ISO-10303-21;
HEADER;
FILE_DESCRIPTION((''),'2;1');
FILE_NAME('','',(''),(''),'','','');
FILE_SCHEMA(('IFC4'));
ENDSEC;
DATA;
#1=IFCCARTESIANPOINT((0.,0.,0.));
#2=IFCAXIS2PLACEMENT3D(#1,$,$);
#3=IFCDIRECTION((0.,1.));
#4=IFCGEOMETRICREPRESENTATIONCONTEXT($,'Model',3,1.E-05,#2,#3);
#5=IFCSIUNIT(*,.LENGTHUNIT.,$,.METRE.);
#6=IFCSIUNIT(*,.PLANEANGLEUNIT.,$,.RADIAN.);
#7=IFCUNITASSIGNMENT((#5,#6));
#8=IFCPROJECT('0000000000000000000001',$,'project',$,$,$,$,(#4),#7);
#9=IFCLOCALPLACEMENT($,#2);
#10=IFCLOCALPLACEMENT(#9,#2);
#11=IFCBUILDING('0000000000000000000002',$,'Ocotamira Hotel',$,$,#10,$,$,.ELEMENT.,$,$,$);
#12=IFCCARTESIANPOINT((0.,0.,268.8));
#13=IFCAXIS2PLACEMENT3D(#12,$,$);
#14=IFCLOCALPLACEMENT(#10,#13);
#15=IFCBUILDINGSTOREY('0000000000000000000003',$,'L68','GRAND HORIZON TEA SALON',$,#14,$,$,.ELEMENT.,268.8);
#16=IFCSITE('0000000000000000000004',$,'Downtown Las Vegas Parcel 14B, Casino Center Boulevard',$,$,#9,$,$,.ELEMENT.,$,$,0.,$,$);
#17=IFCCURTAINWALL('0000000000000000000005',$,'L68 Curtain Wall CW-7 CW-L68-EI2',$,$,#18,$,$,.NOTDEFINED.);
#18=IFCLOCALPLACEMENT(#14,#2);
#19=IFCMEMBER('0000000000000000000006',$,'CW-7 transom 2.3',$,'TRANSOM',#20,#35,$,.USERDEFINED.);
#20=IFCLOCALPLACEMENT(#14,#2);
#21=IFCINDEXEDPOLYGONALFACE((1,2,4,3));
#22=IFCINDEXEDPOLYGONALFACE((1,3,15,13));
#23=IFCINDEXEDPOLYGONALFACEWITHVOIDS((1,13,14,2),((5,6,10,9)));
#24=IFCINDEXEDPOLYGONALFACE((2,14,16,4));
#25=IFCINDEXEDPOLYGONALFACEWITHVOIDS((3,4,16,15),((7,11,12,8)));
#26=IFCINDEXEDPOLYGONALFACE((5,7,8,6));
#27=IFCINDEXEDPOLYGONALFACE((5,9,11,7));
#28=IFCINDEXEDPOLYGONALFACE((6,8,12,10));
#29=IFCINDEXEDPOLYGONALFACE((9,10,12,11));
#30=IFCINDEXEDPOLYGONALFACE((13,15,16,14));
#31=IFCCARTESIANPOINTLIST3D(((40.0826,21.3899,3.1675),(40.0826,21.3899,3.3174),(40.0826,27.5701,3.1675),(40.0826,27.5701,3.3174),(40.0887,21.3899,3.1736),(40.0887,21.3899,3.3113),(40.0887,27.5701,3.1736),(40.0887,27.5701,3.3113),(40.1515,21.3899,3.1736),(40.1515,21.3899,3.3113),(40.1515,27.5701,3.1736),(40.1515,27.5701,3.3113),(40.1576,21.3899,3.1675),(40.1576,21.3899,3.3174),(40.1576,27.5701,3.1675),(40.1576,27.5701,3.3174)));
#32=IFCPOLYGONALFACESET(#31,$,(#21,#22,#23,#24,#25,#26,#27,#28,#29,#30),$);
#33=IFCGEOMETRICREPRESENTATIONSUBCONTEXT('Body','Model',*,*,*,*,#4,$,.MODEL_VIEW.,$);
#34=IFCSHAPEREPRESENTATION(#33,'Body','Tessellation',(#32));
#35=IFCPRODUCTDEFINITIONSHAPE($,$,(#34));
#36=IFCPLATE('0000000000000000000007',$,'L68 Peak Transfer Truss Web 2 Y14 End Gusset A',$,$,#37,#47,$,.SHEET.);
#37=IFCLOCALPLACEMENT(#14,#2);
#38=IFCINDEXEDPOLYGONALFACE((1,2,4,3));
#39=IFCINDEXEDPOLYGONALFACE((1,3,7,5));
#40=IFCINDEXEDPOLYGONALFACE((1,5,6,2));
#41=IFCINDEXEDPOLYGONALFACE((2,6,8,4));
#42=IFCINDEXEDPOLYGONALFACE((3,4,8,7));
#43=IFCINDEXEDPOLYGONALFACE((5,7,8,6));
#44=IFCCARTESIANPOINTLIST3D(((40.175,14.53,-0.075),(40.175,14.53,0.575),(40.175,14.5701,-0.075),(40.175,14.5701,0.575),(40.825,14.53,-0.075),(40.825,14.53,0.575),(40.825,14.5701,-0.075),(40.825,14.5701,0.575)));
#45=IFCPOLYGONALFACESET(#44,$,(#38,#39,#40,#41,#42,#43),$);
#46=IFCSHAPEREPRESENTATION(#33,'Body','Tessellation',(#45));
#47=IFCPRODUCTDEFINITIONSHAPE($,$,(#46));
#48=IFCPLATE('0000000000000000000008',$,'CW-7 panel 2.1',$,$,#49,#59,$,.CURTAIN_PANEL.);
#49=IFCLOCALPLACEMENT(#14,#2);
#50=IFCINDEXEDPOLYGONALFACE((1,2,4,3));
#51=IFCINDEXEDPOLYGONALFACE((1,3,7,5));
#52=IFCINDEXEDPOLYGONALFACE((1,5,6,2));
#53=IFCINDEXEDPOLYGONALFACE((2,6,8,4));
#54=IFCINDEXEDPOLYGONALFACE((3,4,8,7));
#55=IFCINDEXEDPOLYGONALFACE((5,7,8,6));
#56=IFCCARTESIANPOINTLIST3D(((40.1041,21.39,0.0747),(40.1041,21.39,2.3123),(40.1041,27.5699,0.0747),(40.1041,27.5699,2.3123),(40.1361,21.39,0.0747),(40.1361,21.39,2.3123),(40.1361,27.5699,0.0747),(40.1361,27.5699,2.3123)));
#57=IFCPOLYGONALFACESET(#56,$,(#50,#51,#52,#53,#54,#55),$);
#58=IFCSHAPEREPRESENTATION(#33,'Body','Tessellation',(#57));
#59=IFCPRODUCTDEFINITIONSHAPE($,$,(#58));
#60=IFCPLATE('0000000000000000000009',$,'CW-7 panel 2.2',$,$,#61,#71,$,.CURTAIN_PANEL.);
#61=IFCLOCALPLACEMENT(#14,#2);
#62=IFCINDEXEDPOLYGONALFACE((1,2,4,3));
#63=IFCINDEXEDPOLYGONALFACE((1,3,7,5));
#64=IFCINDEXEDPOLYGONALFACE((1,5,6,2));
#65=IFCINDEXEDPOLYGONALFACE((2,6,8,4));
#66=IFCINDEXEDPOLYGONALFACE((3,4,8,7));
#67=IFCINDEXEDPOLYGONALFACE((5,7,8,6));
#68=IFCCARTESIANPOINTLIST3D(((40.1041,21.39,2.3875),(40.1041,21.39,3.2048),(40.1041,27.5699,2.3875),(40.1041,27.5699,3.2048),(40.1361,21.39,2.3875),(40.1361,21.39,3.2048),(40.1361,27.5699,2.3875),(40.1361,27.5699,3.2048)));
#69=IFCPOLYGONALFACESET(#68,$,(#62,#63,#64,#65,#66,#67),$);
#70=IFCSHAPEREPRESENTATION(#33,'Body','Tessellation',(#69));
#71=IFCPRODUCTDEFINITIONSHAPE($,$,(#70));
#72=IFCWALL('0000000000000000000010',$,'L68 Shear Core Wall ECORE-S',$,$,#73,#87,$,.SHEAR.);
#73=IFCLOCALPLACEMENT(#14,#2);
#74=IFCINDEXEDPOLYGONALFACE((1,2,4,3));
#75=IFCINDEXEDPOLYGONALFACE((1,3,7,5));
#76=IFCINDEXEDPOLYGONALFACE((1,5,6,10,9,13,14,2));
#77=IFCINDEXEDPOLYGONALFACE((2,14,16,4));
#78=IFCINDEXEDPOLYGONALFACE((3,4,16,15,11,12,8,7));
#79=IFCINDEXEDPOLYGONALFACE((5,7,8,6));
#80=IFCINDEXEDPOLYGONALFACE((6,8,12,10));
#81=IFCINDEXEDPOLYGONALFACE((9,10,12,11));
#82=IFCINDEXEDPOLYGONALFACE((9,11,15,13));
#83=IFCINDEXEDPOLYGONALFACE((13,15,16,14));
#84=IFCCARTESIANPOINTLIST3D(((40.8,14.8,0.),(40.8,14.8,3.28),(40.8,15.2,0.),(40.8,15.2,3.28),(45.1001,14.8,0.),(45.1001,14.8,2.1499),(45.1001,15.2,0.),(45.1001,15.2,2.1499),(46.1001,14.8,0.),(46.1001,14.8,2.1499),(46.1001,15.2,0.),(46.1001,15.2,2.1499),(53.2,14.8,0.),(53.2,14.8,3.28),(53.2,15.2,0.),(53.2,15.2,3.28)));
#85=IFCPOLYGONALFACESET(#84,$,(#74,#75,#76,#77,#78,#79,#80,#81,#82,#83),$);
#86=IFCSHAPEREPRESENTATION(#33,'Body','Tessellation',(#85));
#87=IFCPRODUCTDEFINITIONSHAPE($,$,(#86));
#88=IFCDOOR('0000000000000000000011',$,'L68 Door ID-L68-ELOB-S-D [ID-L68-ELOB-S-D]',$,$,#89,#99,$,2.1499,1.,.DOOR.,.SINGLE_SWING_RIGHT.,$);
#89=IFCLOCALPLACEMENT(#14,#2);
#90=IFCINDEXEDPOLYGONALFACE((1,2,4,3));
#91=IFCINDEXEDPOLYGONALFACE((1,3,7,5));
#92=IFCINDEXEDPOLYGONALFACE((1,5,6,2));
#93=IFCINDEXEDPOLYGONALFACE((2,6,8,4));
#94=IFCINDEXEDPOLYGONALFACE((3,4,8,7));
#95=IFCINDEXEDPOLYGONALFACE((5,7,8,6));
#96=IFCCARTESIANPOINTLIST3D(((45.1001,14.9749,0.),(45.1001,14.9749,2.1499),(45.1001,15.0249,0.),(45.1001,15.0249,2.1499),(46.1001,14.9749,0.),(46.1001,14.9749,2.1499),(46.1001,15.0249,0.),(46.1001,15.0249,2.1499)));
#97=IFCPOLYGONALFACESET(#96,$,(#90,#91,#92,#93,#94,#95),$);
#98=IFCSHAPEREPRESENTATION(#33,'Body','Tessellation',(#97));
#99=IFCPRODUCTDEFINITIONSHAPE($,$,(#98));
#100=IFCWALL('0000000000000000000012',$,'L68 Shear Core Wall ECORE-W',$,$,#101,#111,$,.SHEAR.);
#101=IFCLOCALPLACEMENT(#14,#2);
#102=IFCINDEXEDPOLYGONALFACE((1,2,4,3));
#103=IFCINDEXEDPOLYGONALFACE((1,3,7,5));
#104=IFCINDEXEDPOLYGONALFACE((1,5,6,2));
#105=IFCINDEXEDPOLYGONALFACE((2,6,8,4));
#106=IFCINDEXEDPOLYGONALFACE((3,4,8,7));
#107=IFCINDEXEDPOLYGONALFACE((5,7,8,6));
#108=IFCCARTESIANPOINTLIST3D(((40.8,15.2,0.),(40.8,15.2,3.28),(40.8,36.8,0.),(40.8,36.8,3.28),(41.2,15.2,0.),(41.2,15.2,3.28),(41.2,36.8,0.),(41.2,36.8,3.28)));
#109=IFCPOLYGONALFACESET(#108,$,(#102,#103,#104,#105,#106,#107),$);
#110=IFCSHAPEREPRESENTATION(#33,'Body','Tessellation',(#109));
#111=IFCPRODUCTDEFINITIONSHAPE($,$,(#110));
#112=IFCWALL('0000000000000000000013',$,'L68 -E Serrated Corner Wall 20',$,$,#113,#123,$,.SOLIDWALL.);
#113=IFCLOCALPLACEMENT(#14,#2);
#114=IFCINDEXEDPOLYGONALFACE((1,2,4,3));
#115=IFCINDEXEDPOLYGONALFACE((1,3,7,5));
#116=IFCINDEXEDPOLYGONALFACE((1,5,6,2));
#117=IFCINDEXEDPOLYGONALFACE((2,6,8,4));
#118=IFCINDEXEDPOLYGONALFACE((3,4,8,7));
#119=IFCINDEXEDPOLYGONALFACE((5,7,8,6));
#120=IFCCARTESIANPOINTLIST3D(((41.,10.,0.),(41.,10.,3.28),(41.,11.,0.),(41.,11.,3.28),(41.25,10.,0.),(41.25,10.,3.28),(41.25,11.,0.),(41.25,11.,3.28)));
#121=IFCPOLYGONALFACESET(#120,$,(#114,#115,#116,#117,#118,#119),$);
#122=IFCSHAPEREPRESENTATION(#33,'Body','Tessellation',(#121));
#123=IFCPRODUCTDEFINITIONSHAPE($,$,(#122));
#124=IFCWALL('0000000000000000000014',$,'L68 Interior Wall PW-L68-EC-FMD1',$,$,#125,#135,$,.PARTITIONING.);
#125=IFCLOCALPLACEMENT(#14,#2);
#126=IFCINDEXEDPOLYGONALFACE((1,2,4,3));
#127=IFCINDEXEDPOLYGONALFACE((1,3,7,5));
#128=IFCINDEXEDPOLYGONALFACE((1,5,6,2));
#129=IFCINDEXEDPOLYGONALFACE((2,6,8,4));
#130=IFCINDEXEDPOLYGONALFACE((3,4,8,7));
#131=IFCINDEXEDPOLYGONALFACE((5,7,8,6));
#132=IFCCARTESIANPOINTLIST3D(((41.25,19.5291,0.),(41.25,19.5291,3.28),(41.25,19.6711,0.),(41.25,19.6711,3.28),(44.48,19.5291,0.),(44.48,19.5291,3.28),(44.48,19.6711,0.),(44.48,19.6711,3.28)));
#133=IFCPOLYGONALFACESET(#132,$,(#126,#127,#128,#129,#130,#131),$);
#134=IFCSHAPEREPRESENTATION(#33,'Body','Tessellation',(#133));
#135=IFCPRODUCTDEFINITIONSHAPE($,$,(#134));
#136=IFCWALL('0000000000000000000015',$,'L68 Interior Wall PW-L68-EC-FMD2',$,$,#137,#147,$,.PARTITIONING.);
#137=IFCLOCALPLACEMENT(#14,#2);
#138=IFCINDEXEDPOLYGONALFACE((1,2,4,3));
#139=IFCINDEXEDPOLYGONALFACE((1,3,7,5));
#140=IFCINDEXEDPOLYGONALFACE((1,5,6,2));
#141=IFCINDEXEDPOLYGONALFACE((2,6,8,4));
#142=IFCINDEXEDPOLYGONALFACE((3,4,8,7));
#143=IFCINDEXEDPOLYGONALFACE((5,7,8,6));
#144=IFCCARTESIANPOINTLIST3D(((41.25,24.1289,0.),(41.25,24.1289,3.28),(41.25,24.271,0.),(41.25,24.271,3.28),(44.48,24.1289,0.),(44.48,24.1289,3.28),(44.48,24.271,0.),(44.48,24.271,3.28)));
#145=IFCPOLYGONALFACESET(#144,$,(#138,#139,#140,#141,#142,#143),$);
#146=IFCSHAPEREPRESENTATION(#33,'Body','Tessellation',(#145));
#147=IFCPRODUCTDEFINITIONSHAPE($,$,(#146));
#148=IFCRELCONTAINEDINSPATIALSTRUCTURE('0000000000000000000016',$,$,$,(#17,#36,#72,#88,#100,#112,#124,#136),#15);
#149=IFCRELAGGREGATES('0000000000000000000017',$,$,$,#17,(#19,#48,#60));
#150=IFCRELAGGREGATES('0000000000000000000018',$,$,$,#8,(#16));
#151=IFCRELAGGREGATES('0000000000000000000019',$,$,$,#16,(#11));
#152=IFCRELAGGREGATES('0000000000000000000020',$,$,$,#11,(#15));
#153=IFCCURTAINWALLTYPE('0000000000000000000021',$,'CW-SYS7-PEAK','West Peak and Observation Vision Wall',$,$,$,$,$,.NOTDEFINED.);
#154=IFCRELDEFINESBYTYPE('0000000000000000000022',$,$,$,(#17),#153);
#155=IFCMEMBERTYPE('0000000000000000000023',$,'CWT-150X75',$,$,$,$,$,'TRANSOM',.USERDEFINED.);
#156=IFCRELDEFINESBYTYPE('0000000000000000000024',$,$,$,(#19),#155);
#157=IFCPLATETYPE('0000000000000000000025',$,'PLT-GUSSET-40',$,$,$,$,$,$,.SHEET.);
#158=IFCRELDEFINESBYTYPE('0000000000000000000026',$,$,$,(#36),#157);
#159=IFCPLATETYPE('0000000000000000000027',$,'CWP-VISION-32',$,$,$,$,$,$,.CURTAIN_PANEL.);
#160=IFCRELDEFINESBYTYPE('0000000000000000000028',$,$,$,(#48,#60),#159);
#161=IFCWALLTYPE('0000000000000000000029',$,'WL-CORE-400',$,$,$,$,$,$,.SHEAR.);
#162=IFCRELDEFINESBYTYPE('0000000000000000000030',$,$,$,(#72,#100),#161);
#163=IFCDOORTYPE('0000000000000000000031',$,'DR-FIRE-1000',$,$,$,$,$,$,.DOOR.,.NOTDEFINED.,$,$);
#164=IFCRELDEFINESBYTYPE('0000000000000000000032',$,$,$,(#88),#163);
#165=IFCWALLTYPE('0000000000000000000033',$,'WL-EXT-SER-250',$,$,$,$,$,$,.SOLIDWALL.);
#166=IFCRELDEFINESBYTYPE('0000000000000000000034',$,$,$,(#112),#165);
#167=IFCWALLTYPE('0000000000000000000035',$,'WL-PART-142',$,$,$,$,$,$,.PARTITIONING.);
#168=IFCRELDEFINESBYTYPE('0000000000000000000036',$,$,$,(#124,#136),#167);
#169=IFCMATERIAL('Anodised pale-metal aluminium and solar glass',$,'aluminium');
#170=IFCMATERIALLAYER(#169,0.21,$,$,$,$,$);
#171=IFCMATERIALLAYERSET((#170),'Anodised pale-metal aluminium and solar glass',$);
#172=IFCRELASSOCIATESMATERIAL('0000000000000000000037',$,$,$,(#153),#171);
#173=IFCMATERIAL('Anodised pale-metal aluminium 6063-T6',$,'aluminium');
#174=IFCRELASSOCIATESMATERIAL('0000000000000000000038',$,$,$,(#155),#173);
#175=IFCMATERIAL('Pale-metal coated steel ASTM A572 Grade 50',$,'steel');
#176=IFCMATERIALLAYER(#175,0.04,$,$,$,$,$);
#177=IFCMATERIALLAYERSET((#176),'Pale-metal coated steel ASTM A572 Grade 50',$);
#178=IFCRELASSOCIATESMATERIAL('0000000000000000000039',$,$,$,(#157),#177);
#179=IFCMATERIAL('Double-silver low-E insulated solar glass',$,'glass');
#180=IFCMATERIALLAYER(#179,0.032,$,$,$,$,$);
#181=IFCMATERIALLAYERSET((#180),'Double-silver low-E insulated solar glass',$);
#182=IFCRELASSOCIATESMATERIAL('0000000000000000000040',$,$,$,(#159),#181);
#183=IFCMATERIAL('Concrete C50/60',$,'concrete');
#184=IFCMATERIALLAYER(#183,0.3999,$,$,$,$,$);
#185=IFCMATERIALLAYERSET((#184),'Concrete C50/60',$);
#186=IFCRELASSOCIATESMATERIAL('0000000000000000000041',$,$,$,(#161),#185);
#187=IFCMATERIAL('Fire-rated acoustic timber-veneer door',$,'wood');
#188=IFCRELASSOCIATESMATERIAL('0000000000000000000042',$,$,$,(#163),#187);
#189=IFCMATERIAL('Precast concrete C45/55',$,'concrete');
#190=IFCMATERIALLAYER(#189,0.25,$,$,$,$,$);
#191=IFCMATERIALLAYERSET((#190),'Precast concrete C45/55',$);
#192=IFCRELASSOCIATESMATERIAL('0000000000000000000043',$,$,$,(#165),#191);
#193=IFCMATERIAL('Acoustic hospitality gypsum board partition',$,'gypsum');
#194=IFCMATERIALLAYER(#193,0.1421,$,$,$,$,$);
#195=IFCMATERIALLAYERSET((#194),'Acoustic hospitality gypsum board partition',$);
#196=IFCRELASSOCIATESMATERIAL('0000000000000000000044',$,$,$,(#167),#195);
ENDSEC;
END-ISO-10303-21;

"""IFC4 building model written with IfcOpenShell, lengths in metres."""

from ifc_helpers import new_model, si_unit, direction, frame, frame_2d, origin, origin_2d, place, context, subcontext, project, spatial, rectangle, hollow_rectangle, extrude, source, transform, mapped, material, layer, layer_set, material_profile, profile_set, type_object, element, fill, aggregate, save


model = new_model("IFC4")

# Units and contexts
model_context = context("Model", 3, precision=1e-05, world=origin(), true_north=direction((0.0, 1.0)))
body_context = subcontext(model_context, "Body", "Model", "MODEL_VIEW")
ifc_project = project(units=[si_unit("LENGTHUNIT", "METRE"), si_unit("PLANEANGLEUNIT", "RADIAN")], contexts=[model_context])

# Site, building, storey
site_placement = place(None, origin())
site = spatial("IfcSite", under=ifc_project, at=site_placement, Name="Downtown Las Vegas Parcel 14B, Casino Center Boulevard", CompositionType="ELEMENT", RefElevation=0.0)
building_placement = place(site_placement, origin())
building = spatial("IfcBuilding", under=site, at=building_placement, Name="Ocotamira Hotel", CompositionType="ELEMENT")
storey_placement = place(building_placement, frame((0.0, 0.0, 268.8)))
storey = spatial("IfcBuildingStorey", under=building, at=storey_placement, Name="L68", Description="GRAND HORIZON TEA SALON", CompositionType="ELEMENT", Elevation=268.8)

# Curtain wall, member
ifc_material_1 = material(Name="Anodised pale-metal aluminium and solar glass", Category="aluminium")
ifc_layer_1 = layer(ifc_material_1, 0.21)
ifc_layer_set_1 = layer_set([ifc_layer_1], Name="Anodised pale-metal aluminium and solar glass")
curtain_wall_type = type_object("IfcCurtainWallType", Name="CW-SYS7-PEAK", Description="West Peak and Observation Vision Wall", PredefinedType="NOTDEFINED", material=ifc_layer_set_1)
curtain_wall_placement = place(storey_placement, origin())
curtain_wall = element("IfcCurtainWall", 1, at=curtain_wall_placement, inside=storey, type_object=curtain_wall_type, Name="L68 Curtain Wall CW-7 CW-L68-EI2", PredefinedType="NOTDEFINED")
ifc_material_2 = material(Name="Anodised pale-metal aluminium 6063-T6", Category="aluminium")
ifc_material_profile_1 = material_profile(ifc_material_2, hollow_rectangle(XDim=0.075, YDim=0.1499, WallThickness=0.0061, at=origin_2d()), Name="HSS150X75X6")
ifc_profile_set_1 = profile_set([ifc_material_profile_1], Name="Anodised pale-metal aluminium 6063-T6")
member_type_1 = type_object("IfcMemberType", Name="CWT-150X75", ElementType="TRANSOM", PredefinedType="USERDEFINED", material=ifc_profile_set_1)
shared_shape_1 = source(origin(), body_context, "Body", "SweptSolid", [
    extrude(hollow_rectangle(XDim=0.075, YDim=0.1499, WallThickness=0.0061, at=origin_2d()), origin(), (0.0, 0.0, 1.0), 6.1802),
])
member_1_placement = place(storey_placement, frame((40.1201, 21.3899, 3.2424), z_axis=(0.0, 1.0, 0.0), x_axis=(-1.0, 0.0, 0.0)))
member_1 = element("IfcMember", 2, at=member_1_placement, type_object=member_type_1, Name="CW-7 transom 2.3", ObjectType="TRANSOM", PredefinedType="USERDEFINED", context=body_context, shape_type="MappedRepresentation", body=[
    mapped(shared_shape_1, transform((0.0, 0.0, 0.0), scale=1.0)),
])

# Plates
ifc_material_3 = material(Name="Pale-metal coated steel ASTM A572 Grade 50", Category="steel")
ifc_layer_2 = layer(ifc_material_3, 0.04)
ifc_layer_set_2 = layer_set([ifc_layer_2], Name="Pale-metal coated steel ASTM A572 Grade 50")
plate_type_1 = type_object("IfcPlateType", Name="PLT-GUSSET-40", PredefinedType="SHEET", material=ifc_layer_set_2)
shared_shape_2 = source(origin(), body_context, "Body", "SweptSolid", [
    extrude(rectangle(XDim=0.6499, YDim=0.04, at=origin_2d()), origin(), (0.0, 0.0, 1.0), 0.6499),
])
plate_1_placement = place(storey_placement, frame((40.5, 14.55, -0.075), z_axis=(0.0, 0.0, 1.0), x_axis=(-1.0, 0.0, 0.0)))
element("IfcPlate", 3, at=plate_1_placement, inside=storey, type_object=plate_type_1, Name="L68 Peak Transfer Truss Web 2 Y14 End Gusset A", PredefinedType="SHEET", context=body_context, shape_type="MappedRepresentation", body=[
    mapped(shared_shape_2, transform((0.0, 0.0, 0.0), scale=1.0)),
])
ifc_material_4 = material(Name="Double-silver low-E insulated solar glass", Category="glass")
ifc_layer_3 = layer(ifc_material_4, 0.032)
ifc_layer_set_3 = layer_set([ifc_layer_3], Name="Double-silver low-E insulated solar glass")
plate_type_2 = type_object("IfcPlateType", Name="CWP-VISION-32", PredefinedType="CURTAIN_PANEL", material=ifc_layer_set_3)
shared_shape_3 = source(origin(), body_context, "Body", "SweptSolid", [
    extrude(rectangle(XDim=6.1799, YDim=0.032, at=origin_2d()), origin(), (0.0, 0.0, 1.0), 2.2375),
])
plate_2_placement = place(storey_placement, frame((40.1201, 24.48, 0.0747), z_axis=(0.0, 0.0, 1.0), x_axis=(0.0, 1.0, 0.0)))
plate_2 = element("IfcPlate", 4, at=plate_2_placement, type_object=plate_type_2, Name="CW-7 panel 2.1", PredefinedType="CURTAIN_PANEL", context=body_context, shape_type="MappedRepresentation", body=[
    mapped(shared_shape_3, transform((0.0, 0.0, 0.0), scale=1.0)),
])
shared_shape_4 = source(origin(), body_context, "Body", "SweptSolid", [
    extrude(rectangle(XDim=6.1799, YDim=0.032, at=origin_2d()), origin(), (0.0, 0.0, 1.0), 0.8174),
])
plate_3_placement = place(storey_placement, frame((40.1201, 24.48, 2.3875), z_axis=(0.0, 0.0, 1.0), x_axis=(0.0, 1.0, 0.0)))
plate_3 = element("IfcPlate", 5, at=plate_3_placement, type_object=plate_type_2, Name="CW-7 panel 2.2", PredefinedType="CURTAIN_PANEL", context=body_context, shape_type="MappedRepresentation", body=[
    mapped(shared_shape_4, transform((0.0, 0.0, 0.0), scale=1.0)),
])
aggregate(curtain_wall, [member_1, plate_2, plate_3])

# Wall, opening, door
ifc_material_5 = material(Name="Concrete C50/60", Category="concrete")
ifc_layer_4 = layer(ifc_material_5, 0.3999)
ifc_layer_set_4 = layer_set([ifc_layer_4], Name="Concrete C50/60")
wall_type_1 = type_object("IfcWallType", Name="WL-CORE-400", PredefinedType="SHEAR", material=ifc_layer_set_4)
wall_1_placement = place(storey_placement, frame((40.8, 15.0, 0.0), z_axis=(0.0, 0.0, 1.0), x_axis=(1.0, 0.0, 0.0)))
wall_1 = element("IfcWall", 6, at=wall_1_placement, inside=storey, type_object=wall_type_1, Name="L68 Shear Core Wall ECORE-S", PredefinedType="SHEAR", context=body_context, shape_type="SweptSolid", body=[
    extrude(rectangle(XDim=12.3999, YDim=0.3999, at=frame_2d((6.2, 0.0))), origin(), (0.0, 0.0, 1.0), 3.28),
])
opening_1_placement = place(wall_1_placement, frame((4.3, 0.0, 0.0)))
opening_1 = element("IfcOpeningElement", 7, at=opening_1_placement, cuts=wall_1, PredefinedType="OPENING", context=body_context, shape_type="SweptSolid", body=[
    extrude(rectangle(XDim=1.0, YDim=2.1499, at=frame_2d((0.5, 1.075))), frame((0.0, 0.21, 0.0), z_axis=(0.0, -1.0, 0.0), x_axis=(1.0, 0.0, 0.0)), (0.0, 0.0, 1.0), 0.4199),
])
ifc_material_6 = material(Name="Fire-rated acoustic timber-veneer door", Category="wood")
door_type_1 = type_object("IfcDoorType", Name="DR-FIRE-1000", OperationType="NOTDEFINED", PredefinedType="DOOR", material=ifc_material_6)
shared_shape_5 = source(origin(), body_context, "Body", "SweptSolid", [
    extrude(rectangle(XDim=1.0, YDim=2.1499, at=frame_2d((0.5, 1.075))), frame((0.0, 0.0249, 0.0), z_axis=(0.0, -1.0, 0.0), x_axis=(1.0, 0.0, 0.0)), (0.0, 0.0, 1.0), 0.05),
])
door_1_placement = place(opening_1_placement, origin())
door_1 = element("IfcDoor", 8, at=door_1_placement, inside=storey, type_object=door_type_1, Name="L68 Door ID-L68-ELOB-S-D [ID-L68-ELOB-S-D]", OperationType="SINGLE_SWING_RIGHT", OverallHeight=2.1499, OverallWidth=1.0, PredefinedType="DOOR", context=body_context, shape_type="MappedRepresentation", body=[
    mapped(shared_shape_5, transform((0.0, 0.0, 0.0), scale=1.0)),
])
fill(opening_1, door_1)

# Walls
wall_2_placement = place(storey_placement, frame((41.0, 15.2, 0.0), z_axis=(0.0, 0.0, 1.0), x_axis=(0.0, 1.0, 0.0)))
element("IfcWall", 9, at=wall_2_placement, inside=storey, type_object=wall_type_1, Name="L68 Shear Core Wall ECORE-W", PredefinedType="SHEAR", context=body_context, shape_type="SweptSolid", body=[
    extrude(rectangle(XDim=21.6001, YDim=0.3999, at=frame_2d((10.8, 0.0))), origin(), (0.0, 0.0, 1.0), 3.28),
])
ifc_material_7 = material(Name="Precast concrete C45/55", Category="concrete")
ifc_layer_5 = layer(ifc_material_7, 0.25)
ifc_layer_set_5 = layer_set([ifc_layer_5], Name="Precast concrete C45/55")
wall_type_2 = type_object("IfcWallType", Name="WL-EXT-SER-250", PredefinedType="SOLIDWALL", material=ifc_layer_set_5)
wall_3_placement = place(storey_placement, frame((41.125, 11.0, 0.0), z_axis=(0.0, 0.0, 1.0), x_axis=(0.0, -1.0, 0.0)))
element("IfcWall", 10, at=wall_3_placement, inside=storey, type_object=wall_type_2, Name="L68 -E Serrated Corner Wall 20", PredefinedType="SOLIDWALL", context=body_context, shape_type="SweptSolid", body=[
    extrude(rectangle(XDim=1.0, YDim=0.25, at=frame_2d((0.5, 0.0))), origin(), (0.0, 0.0, 1.0), 3.28),
])

# Walls
ifc_material_8 = material(Name="Acoustic hospitality gypsum board partition", Category="gypsum")
ifc_layer_6 = layer(ifc_material_8, 0.1421)
ifc_layer_set_6 = layer_set([ifc_layer_6], Name="Acoustic hospitality gypsum board partition")
wall_type_3 = type_object("IfcWallType", Name="WL-PART-142", PredefinedType="PARTITIONING", material=ifc_layer_set_6)
for number, where, z_axis, x_axis, name in (
    (11, (41.25, 19.6001, 0.0), (0.0, 0.0, 1.0), (1.0, 0.0, 0.0), "L68 Interior Wall PW-L68-EC-FMD1"),
    (12, (41.25, 24.2, 0.0), (0.0, 0.0, 1.0), (1.0, 0.0, 0.0), "L68 Interior Wall PW-L68-EC-FMD2"),
):
    element("IfcWall", number, at=place(storey_placement, frame(where, z_axis=z_axis, x_axis=x_axis)), inside=storey, type_object=wall_type_3, Name=name, PredefinedType="PARTITIONING", context=body_context, shape_type="SweptSolid", body=[
        extrude(rectangle(XDim=3.23, YDim=0.1421, at=frame_2d((1.615, 0.0))), origin(), (0.0, 0.0, 1.0), 3.28),
    ])

save(model, "model.ifc")
